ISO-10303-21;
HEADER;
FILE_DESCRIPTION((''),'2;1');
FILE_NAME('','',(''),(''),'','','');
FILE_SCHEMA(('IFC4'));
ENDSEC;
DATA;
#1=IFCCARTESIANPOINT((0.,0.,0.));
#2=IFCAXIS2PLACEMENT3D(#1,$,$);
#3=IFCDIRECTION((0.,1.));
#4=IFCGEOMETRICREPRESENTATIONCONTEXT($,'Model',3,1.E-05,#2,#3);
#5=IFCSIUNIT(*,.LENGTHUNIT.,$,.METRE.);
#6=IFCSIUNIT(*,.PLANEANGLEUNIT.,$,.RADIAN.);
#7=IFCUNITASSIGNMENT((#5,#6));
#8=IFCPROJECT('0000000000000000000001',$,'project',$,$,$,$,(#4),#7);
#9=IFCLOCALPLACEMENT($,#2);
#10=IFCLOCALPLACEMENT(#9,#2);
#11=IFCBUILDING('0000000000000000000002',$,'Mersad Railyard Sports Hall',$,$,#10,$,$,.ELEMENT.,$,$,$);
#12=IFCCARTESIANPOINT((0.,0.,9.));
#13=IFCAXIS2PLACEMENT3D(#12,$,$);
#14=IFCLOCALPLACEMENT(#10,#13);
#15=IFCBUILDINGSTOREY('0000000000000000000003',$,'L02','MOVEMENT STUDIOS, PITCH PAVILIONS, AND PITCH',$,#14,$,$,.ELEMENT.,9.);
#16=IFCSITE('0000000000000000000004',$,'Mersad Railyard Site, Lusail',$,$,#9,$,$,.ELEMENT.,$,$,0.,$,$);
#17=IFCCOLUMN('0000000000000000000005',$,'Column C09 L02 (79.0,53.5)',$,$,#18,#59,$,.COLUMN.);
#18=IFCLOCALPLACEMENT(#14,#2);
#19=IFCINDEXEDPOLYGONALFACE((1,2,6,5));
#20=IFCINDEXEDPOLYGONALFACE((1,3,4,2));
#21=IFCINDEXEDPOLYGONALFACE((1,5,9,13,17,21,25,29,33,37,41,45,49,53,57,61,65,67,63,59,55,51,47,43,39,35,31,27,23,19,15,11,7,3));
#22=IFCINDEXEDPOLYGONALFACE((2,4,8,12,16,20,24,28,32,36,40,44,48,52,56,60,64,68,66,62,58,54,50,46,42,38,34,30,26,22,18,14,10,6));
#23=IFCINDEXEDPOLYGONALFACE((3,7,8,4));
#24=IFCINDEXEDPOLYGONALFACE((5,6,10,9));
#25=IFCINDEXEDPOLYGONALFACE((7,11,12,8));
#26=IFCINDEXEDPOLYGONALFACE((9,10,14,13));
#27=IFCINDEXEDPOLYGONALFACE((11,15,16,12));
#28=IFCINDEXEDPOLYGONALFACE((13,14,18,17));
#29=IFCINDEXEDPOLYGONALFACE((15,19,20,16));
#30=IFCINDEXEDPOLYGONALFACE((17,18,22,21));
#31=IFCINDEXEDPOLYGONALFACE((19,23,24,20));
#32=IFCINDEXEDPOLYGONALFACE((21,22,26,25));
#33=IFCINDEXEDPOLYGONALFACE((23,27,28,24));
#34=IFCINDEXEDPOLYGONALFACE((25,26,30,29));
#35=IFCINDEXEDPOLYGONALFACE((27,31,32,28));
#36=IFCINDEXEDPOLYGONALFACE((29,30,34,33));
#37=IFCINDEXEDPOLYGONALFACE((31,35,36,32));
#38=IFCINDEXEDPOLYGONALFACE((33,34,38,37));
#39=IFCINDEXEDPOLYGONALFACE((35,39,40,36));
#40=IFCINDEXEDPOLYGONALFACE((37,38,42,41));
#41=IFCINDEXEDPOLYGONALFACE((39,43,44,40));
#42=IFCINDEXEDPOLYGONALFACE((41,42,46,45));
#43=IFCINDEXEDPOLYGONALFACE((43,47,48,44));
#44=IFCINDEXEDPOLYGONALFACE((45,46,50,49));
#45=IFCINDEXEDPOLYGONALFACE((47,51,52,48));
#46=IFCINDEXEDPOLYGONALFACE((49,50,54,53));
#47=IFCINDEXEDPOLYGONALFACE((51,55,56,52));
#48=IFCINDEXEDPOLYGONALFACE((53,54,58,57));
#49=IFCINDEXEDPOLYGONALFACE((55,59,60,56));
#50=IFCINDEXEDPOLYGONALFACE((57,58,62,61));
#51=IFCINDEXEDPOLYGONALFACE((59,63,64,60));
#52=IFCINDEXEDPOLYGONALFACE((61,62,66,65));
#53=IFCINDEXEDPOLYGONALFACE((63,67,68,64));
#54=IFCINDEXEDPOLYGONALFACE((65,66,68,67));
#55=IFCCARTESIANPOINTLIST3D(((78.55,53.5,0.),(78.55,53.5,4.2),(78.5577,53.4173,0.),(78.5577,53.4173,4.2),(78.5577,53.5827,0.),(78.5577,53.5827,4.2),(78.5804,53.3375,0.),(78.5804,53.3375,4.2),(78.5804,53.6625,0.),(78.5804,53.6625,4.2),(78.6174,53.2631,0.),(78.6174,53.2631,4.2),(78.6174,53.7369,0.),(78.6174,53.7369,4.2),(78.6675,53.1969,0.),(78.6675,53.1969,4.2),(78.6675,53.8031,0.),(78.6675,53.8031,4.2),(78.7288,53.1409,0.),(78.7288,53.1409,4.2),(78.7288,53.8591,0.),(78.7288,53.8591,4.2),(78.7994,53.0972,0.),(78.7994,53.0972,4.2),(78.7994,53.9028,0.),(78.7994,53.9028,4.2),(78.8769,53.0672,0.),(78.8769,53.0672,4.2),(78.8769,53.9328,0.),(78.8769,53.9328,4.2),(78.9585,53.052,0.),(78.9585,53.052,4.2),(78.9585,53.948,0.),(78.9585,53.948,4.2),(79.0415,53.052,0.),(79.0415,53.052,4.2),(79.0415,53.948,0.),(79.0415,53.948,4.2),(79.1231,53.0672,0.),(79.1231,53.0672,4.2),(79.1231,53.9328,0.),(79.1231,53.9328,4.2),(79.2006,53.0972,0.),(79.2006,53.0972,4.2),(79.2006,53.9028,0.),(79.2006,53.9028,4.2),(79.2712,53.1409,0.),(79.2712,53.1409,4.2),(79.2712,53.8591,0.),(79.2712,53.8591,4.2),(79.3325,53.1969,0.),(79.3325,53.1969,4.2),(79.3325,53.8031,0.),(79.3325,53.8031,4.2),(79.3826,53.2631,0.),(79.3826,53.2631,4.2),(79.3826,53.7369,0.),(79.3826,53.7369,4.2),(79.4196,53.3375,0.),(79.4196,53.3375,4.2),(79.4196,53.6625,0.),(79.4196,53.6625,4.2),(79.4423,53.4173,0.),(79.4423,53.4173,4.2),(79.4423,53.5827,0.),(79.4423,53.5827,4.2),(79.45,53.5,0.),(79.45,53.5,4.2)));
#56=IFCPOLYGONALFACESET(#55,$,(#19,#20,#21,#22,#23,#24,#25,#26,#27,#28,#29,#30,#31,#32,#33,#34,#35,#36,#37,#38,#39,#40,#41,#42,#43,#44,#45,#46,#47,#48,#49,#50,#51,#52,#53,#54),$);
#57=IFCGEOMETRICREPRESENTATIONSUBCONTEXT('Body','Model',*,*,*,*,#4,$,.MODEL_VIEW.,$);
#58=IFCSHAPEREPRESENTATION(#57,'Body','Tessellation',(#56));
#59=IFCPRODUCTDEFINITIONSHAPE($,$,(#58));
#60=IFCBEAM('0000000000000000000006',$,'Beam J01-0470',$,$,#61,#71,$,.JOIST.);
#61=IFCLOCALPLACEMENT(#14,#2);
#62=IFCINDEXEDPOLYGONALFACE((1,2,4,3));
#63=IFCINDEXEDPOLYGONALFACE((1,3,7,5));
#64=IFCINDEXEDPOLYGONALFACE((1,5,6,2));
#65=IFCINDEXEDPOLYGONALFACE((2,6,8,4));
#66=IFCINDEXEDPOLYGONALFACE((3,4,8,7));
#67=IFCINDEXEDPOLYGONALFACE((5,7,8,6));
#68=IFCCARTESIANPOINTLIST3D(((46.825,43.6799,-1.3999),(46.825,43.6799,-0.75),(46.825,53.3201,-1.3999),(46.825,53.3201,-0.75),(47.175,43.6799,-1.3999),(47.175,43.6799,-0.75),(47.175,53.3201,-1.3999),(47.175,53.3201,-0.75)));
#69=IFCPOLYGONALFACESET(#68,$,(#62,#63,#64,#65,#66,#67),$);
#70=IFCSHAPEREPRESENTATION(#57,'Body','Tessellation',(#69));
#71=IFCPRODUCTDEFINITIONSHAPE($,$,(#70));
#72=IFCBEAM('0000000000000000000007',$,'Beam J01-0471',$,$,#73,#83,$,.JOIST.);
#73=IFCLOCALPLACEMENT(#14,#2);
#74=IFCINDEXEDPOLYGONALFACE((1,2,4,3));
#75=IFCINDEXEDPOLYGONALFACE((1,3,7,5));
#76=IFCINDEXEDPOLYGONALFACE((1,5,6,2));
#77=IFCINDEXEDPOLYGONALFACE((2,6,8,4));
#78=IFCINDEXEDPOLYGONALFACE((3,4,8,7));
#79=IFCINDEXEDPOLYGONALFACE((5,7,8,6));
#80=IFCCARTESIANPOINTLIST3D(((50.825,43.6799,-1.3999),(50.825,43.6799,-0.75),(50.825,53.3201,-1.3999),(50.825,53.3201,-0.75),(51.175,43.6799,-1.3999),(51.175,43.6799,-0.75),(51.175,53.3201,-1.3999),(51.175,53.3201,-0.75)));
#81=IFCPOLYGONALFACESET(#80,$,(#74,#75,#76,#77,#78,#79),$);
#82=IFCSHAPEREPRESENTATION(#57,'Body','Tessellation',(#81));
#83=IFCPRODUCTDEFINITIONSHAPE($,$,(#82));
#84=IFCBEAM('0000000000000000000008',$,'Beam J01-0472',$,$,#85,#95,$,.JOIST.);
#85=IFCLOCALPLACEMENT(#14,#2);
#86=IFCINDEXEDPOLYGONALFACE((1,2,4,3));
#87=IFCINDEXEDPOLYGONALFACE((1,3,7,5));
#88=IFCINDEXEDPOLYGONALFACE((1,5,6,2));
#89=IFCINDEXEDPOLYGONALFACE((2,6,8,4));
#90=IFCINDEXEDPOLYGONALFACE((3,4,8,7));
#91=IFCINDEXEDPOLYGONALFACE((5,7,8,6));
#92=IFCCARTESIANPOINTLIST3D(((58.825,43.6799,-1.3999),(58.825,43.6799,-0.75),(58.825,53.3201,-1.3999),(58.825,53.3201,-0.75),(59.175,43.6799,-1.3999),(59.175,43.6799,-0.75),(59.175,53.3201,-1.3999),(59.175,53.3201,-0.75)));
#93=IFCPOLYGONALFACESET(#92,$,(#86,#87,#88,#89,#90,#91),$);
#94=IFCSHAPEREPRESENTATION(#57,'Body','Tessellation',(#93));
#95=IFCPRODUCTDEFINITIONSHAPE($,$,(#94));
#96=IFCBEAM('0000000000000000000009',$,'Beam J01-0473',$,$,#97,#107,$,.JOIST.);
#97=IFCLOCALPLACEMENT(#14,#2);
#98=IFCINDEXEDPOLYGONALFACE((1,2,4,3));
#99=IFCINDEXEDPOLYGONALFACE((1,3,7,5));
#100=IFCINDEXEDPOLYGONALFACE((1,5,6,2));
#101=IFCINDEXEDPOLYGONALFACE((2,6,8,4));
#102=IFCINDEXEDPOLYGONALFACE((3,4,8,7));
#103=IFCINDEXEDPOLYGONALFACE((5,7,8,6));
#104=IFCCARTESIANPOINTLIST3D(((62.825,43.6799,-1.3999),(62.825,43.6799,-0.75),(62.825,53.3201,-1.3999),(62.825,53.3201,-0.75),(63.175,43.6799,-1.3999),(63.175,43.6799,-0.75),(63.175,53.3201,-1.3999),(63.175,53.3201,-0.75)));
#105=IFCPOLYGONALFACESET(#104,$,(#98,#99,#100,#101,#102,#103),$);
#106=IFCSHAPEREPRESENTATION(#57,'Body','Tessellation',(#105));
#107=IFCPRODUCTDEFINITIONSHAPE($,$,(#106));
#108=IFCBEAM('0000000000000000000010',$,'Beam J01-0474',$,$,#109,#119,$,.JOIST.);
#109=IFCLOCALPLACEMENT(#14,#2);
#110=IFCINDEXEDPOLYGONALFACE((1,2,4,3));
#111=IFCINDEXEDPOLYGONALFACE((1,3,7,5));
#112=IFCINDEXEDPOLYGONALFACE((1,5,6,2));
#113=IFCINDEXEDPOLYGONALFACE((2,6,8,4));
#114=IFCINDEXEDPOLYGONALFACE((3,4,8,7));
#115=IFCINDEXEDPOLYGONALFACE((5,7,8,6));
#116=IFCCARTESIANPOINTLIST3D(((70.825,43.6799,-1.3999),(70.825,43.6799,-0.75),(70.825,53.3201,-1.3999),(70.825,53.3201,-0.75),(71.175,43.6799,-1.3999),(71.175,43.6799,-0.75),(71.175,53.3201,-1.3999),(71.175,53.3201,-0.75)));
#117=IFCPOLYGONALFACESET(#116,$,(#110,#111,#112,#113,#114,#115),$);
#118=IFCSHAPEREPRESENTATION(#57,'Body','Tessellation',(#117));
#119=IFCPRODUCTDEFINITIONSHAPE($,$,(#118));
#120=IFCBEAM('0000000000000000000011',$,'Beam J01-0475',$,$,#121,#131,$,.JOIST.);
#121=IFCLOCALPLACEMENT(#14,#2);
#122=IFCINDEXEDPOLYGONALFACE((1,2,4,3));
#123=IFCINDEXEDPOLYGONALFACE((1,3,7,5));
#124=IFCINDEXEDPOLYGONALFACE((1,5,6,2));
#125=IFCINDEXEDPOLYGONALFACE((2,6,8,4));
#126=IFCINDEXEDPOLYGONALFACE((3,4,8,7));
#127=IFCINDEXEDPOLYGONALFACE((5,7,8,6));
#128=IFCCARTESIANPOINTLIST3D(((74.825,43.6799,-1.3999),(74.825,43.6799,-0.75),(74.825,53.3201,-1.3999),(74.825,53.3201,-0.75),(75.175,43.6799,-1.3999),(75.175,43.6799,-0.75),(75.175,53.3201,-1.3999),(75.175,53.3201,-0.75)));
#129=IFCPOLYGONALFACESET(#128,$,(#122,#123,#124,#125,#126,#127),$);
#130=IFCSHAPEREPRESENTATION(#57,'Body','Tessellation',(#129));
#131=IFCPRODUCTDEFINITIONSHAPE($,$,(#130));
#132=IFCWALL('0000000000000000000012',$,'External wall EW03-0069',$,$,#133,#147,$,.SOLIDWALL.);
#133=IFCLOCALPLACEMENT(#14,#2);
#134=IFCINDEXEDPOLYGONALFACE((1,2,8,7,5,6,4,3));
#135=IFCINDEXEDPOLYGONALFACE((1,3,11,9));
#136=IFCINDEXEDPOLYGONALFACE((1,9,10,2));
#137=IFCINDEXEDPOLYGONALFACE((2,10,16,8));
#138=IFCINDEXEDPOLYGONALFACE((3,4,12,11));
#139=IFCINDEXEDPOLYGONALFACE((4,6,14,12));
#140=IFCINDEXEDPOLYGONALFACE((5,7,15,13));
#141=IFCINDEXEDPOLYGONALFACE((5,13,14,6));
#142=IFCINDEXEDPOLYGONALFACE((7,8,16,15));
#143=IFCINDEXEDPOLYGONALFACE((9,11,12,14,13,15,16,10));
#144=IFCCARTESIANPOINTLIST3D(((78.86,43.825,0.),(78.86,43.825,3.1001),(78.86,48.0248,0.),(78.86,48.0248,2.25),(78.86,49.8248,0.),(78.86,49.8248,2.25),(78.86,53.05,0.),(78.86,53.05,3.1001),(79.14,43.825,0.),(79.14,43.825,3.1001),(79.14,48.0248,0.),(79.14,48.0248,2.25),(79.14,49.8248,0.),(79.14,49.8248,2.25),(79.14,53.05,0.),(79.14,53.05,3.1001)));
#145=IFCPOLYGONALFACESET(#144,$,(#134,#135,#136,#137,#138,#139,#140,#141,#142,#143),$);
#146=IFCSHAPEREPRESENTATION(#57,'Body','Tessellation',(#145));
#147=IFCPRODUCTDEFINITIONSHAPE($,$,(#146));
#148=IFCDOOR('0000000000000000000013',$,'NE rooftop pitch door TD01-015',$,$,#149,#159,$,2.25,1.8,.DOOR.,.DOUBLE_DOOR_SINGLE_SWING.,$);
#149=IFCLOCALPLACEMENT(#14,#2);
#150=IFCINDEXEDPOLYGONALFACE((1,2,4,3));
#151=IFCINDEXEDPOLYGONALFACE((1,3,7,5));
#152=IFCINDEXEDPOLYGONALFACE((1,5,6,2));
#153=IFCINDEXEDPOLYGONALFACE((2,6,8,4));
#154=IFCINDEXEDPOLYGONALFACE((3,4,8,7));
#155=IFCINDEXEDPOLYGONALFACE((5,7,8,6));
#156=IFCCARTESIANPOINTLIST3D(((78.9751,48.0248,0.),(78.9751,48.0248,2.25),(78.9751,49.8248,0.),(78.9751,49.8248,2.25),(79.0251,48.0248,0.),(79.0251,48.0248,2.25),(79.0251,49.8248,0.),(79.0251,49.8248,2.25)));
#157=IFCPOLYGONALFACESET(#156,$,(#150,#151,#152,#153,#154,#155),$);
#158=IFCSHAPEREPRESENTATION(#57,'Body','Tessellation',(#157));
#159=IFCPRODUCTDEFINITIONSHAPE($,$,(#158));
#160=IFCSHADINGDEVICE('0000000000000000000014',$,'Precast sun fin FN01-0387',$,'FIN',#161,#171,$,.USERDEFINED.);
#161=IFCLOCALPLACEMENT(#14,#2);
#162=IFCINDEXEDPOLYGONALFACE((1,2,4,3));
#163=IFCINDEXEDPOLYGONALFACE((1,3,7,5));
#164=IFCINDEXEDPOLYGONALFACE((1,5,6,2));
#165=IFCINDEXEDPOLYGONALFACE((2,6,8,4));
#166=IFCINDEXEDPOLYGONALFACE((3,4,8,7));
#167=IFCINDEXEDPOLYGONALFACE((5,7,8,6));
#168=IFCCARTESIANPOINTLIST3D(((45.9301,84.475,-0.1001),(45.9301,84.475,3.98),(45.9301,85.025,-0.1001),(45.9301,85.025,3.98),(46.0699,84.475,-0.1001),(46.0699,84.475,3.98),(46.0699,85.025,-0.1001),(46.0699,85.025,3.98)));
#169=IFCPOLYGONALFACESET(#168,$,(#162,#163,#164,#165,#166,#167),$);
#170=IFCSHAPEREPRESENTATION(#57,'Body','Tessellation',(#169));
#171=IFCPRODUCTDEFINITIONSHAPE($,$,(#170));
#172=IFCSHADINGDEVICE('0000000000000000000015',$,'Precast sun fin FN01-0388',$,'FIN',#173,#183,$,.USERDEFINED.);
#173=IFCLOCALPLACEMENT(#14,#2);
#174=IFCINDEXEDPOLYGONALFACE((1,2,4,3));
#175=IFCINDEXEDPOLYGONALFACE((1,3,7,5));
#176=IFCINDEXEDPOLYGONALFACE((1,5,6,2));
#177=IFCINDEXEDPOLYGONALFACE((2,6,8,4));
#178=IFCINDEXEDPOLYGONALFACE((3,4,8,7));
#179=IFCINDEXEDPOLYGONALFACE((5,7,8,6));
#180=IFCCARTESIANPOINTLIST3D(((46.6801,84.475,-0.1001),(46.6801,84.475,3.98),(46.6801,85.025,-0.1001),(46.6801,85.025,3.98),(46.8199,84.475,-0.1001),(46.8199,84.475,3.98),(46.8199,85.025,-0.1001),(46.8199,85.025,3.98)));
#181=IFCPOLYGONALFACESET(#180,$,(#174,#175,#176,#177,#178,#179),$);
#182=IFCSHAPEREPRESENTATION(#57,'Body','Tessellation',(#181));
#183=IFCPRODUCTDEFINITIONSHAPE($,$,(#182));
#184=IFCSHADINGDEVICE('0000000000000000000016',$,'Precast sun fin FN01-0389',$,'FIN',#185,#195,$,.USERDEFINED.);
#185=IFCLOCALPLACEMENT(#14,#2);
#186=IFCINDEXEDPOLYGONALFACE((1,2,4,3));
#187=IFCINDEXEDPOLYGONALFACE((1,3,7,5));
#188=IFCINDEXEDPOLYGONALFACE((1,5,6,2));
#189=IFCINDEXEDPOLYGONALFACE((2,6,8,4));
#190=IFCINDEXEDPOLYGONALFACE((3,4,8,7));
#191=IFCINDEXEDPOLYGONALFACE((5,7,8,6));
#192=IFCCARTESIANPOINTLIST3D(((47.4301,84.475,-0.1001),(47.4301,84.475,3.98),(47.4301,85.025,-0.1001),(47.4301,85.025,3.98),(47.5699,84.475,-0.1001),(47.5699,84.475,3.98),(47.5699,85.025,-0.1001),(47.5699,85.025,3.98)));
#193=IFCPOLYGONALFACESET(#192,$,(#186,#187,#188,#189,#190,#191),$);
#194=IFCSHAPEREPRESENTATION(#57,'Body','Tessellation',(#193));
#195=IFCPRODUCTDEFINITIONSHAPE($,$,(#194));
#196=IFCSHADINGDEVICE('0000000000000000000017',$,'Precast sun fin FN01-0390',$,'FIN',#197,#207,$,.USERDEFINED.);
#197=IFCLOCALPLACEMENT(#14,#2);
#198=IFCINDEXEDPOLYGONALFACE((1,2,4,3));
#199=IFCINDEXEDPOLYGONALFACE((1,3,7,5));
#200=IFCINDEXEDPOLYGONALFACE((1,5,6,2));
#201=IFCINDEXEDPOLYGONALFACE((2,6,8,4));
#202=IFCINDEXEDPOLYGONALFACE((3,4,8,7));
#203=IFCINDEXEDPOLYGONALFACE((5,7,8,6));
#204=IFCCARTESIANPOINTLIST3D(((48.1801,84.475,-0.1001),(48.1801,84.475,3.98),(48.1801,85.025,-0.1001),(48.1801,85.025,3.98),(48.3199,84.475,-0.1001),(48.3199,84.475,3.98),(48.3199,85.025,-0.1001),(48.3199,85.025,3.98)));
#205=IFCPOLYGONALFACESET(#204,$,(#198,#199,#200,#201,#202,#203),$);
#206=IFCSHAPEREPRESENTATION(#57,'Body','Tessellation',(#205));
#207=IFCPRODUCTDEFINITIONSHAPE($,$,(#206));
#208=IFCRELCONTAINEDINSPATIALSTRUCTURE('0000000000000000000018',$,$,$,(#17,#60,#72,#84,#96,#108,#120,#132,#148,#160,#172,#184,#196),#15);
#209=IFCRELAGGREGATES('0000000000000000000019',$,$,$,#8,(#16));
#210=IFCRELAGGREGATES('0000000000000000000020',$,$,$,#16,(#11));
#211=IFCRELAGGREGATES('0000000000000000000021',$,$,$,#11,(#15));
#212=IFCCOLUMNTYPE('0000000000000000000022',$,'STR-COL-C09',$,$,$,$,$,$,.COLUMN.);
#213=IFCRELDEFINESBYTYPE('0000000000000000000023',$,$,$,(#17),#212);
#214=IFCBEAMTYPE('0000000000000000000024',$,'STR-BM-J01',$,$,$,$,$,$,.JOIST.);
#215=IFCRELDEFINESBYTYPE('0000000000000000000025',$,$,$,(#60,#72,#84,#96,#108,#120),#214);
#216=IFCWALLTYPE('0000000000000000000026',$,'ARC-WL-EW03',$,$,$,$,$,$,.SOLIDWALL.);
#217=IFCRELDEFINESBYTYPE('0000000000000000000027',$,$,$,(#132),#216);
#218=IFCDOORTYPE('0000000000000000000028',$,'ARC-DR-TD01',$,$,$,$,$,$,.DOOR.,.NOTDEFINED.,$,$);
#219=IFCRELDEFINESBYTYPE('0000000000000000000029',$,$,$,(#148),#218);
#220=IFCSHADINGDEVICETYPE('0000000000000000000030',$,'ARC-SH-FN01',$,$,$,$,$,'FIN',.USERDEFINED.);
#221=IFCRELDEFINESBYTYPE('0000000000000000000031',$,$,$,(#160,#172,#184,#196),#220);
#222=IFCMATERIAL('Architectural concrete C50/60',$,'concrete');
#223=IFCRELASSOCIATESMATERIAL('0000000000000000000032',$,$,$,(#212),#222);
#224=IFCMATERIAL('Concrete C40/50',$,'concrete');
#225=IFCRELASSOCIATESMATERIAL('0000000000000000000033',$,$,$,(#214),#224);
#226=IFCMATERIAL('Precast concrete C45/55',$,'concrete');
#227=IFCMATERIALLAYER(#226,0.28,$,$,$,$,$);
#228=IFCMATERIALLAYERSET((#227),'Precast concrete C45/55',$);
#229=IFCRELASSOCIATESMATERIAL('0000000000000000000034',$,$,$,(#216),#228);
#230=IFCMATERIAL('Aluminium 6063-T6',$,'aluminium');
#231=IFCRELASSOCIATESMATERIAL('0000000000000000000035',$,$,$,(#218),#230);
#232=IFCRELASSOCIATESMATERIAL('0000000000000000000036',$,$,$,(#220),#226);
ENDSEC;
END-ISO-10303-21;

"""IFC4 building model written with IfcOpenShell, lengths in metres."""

from ifc_helpers import new_model, si_unit, direction, frame, frame_2d, origin, origin_2d, place, context, subcontext, project, spatial, rectangle, circle, extrude, material, layer, layer_set, material_profile, profile_set, type_object, element, fill, save


model = new_model("IFC4")

# Units and contexts
model_context = context("Model", 3, precision=1e-05, world=origin(), true_north=direction((0.0, 1.0)))
body_context = subcontext(model_context, "Body", "Model", "MODEL_VIEW")
ifc_project = project(units=[si_unit("LENGTHUNIT", "METRE"), si_unit("PLANEANGLEUNIT", "RADIAN")], contexts=[model_context])

# Site, building, storey
site_placement = place(None, origin())
site = spatial("IfcSite", under=ifc_project, at=site_placement, Name="Mersad Railyard Site, Lusail", CompositionType="ELEMENT", RefElevation=0.0)
building_placement = place(site_placement, origin())
building = spatial("IfcBuilding", under=site, at=building_placement, Name="Mersad Railyard Sports Hall", CompositionType="ELEMENT")
storey_placement = place(building_placement, frame((0.0, 0.0, 9.0)))
storey = spatial("IfcBuildingStorey", under=building, at=storey_placement, Name="L02", Description="MOVEMENT STUDIOS, PITCH PAVILIONS, AND PITCH", CompositionType="ELEMENT", Elevation=9.0)

# Column
ifc_material_1 = material(Name="Architectural concrete C50/60", Category="concrete")
ifc_material_profile_1 = material_profile(ifc_material_1, circle(Radius=0.45, at=origin_2d()), Name="RC D900")
ifc_profile_set_1 = profile_set([ifc_material_profile_1], Name="Architectural concrete C50/60")
column_type = type_object("IfcColumnType", Name="STR-COL-C09", PredefinedType="COLUMN", material=ifc_profile_set_1)
column_placement = place(storey_placement, frame((79.0, 53.5, 0.0), z_axis=(0.0, 0.0, 1.0), x_axis=(1.0, 0.0, 0.0)))
element("IfcColumn", 1, at=column_placement, inside=storey, type_object=column_type, Name="Column C09 L02 (79.0,53.5)", PredefinedType="COLUMN", context=body_context, shape_type="SweptSolid", body=[
    extrude(circle(Radius=0.45, at=origin_2d()), origin(), (0.0, 0.0, 1.0), 4.2),
])

# Beams
ifc_material_2 = material(Name="Concrete C40/50", Category="concrete")
ifc_material_profile_2 = material_profile(ifc_material_2, rectangle(XDim=0.3501, YDim=0.6499, at=origin_2d()), Name="RC 350x650")
ifc_profile_set_2 = profile_set([ifc_material_profile_2], Name="Concrete C40/50")
beam_type = type_object("IfcBeamType", Name="STR-BM-J01", PredefinedType="JOIST", material=ifc_profile_set_2)
for number, where, z_axis, x_axis, name in (
    (2, (47.0, 43.6799, -1.075), (0.0, 1.0, 0.0), (-1.0, 0.0, 0.0), "Beam J01-0470"),
    (3, (51.0, 43.6799, -1.075), (0.0, 1.0, 0.0), (-1.0, 0.0, 0.0), "Beam J01-0471"),
    (4, (59.0, 43.6799, -1.075), (0.0, 1.0, 0.0), (-1.0, 0.0, 0.0), "Beam J01-0472"),
    (5, (63.0, 43.6799, -1.075), (0.0, 1.0, 0.0), (-1.0, 0.0, 0.0), "Beam J01-0473"),
    (6, (71.0, 43.6799, -1.075), (0.0, 1.0, 0.0), (-1.0, 0.0, 0.0), "Beam J01-0474"),
    (7, (75.0, 43.6799, -1.075), (0.0, 1.0, 0.0), (-1.0, 0.0, 0.0), "Beam J01-0475"),
):
    element("IfcBeam", number, at=place(storey_placement, frame(where, z_axis=z_axis, x_axis=x_axis)), inside=storey, type_object=beam_type, Name=name, PredefinedType="JOIST", context=body_context, shape_type="SweptSolid", body=[
        extrude(rectangle(XDim=0.3501, YDim=0.6499, at=origin_2d()), origin(), (0.0, 0.0, 1.0), 9.6401),
    ])

# Wall, opening, door
ifc_material_3 = material(Name="Precast concrete C45/55", Category="concrete")
ifc_layer = layer(ifc_material_3, 0.28)
ifc_layer_set = layer_set([ifc_layer], Name="Precast concrete C45/55")
wall_type = type_object("IfcWallType", Name="ARC-WL-EW03", PredefinedType="SOLIDWALL", material=ifc_layer_set)
wall_placement = place(storey_placement, frame((79.0, 43.825, 0.0), z_axis=(0.0, 0.0, 1.0), x_axis=(0.0, 1.0, 0.0)))
wall = element("IfcWall", 8, at=wall_placement, inside=storey, type_object=wall_type, Name="External wall EW03-0069", PredefinedType="SOLIDWALL", context=body_context, shape_type="SweptSolid", body=[
    extrude(rectangle(XDim=9.2251, YDim=0.28, at=frame_2d((4.6125, 0.0))), origin(), (0.0, 0.0, 1.0), 3.1001),
])
opening_placement = place(wall_placement, frame((4.2, 0.0, 0.0)))
opening = element("IfcOpeningElement", 9, at=opening_placement, cuts=wall, PredefinedType="OPENING", context=body_context, shape_type="SweptSolid", body=[
    extrude(rectangle(XDim=1.8, YDim=2.25, at=frame_2d((0.8999, 1.125))), frame((0.0, 0.1499, 0.0), z_axis=(0.0, -1.0, 0.0), x_axis=(1.0, 0.0, 0.0)), (0.0, 0.0, 1.0), 0.3),
])
ifc_material_4 = material(Name="Aluminium 6063-T6", Category="aluminium")
door_type = type_object("IfcDoorType", Name="ARC-DR-TD01", OperationType="NOTDEFINED", PredefinedType="DOOR", material=ifc_material_4)
door_placement = place(opening_placement, origin())
door = element("IfcDoor", 10, at=door_placement, inside=storey, type_object=door_type, Name="NE rooftop pitch door TD01-015", OperationType="DOUBLE_DOOR_SINGLE_SWING", OverallHeight=2.25, OverallWidth=1.8, PredefinedType="DOOR", context=body_context, shape_type="SweptSolid", body=[
    extrude(rectangle(XDim=1.8, YDim=2.25, at=frame_2d((0.8999, 1.125))), frame((0.0, 0.0249, 0.0), z_axis=(0.0, -1.0, 0.0), x_axis=(1.0, 0.0, 0.0)), (0.0, 0.0, 1.0), 0.05),
])
fill(opening, door)

# Shading devices
shading_device_type = type_object("IfcShadingDeviceType", Name="ARC-SH-FN01", ElementType="FIN", PredefinedType="USERDEFINED", material=ifc_material_3)
for number, where, z_axis, x_axis, name in (
    (11, (46.0, 84.75, -0.1001), (0.0, 0.0, 1.0), (1.0, 0.0, 0.0), "Precast sun fin FN01-0387"),
    (12, (46.75, 84.75, -0.1001), (0.0, 0.0, 1.0), (1.0, 0.0, 0.0), "Precast sun fin FN01-0388"),
    (13, (47.5, 84.75, -0.1001), (0.0, 0.0, 1.0), (1.0, 0.0, 0.0), "Precast sun fin FN01-0389"),
    (14, (48.25, 84.75, -0.1001), (0.0, 0.0, 1.0), (1.0, 0.0, 0.0), "Precast sun fin FN01-0390"),
):
    element("IfcShadingDevice", number, at=place(storey_placement, frame(where, z_axis=z_axis, x_axis=x_axis)), inside=storey, type_object=shading_device_type, Name=name, ObjectType="FIN", PredefinedType="USERDEFINED", context=body_context, shape_type="SweptSolid", body=[
        extrude(rectangle(XDim=0.1399, YDim=0.55, at=origin_2d()), origin(), (0.0, 0.0, 1.0), 4.0801),
    ])

save(model, "model.ifc")
